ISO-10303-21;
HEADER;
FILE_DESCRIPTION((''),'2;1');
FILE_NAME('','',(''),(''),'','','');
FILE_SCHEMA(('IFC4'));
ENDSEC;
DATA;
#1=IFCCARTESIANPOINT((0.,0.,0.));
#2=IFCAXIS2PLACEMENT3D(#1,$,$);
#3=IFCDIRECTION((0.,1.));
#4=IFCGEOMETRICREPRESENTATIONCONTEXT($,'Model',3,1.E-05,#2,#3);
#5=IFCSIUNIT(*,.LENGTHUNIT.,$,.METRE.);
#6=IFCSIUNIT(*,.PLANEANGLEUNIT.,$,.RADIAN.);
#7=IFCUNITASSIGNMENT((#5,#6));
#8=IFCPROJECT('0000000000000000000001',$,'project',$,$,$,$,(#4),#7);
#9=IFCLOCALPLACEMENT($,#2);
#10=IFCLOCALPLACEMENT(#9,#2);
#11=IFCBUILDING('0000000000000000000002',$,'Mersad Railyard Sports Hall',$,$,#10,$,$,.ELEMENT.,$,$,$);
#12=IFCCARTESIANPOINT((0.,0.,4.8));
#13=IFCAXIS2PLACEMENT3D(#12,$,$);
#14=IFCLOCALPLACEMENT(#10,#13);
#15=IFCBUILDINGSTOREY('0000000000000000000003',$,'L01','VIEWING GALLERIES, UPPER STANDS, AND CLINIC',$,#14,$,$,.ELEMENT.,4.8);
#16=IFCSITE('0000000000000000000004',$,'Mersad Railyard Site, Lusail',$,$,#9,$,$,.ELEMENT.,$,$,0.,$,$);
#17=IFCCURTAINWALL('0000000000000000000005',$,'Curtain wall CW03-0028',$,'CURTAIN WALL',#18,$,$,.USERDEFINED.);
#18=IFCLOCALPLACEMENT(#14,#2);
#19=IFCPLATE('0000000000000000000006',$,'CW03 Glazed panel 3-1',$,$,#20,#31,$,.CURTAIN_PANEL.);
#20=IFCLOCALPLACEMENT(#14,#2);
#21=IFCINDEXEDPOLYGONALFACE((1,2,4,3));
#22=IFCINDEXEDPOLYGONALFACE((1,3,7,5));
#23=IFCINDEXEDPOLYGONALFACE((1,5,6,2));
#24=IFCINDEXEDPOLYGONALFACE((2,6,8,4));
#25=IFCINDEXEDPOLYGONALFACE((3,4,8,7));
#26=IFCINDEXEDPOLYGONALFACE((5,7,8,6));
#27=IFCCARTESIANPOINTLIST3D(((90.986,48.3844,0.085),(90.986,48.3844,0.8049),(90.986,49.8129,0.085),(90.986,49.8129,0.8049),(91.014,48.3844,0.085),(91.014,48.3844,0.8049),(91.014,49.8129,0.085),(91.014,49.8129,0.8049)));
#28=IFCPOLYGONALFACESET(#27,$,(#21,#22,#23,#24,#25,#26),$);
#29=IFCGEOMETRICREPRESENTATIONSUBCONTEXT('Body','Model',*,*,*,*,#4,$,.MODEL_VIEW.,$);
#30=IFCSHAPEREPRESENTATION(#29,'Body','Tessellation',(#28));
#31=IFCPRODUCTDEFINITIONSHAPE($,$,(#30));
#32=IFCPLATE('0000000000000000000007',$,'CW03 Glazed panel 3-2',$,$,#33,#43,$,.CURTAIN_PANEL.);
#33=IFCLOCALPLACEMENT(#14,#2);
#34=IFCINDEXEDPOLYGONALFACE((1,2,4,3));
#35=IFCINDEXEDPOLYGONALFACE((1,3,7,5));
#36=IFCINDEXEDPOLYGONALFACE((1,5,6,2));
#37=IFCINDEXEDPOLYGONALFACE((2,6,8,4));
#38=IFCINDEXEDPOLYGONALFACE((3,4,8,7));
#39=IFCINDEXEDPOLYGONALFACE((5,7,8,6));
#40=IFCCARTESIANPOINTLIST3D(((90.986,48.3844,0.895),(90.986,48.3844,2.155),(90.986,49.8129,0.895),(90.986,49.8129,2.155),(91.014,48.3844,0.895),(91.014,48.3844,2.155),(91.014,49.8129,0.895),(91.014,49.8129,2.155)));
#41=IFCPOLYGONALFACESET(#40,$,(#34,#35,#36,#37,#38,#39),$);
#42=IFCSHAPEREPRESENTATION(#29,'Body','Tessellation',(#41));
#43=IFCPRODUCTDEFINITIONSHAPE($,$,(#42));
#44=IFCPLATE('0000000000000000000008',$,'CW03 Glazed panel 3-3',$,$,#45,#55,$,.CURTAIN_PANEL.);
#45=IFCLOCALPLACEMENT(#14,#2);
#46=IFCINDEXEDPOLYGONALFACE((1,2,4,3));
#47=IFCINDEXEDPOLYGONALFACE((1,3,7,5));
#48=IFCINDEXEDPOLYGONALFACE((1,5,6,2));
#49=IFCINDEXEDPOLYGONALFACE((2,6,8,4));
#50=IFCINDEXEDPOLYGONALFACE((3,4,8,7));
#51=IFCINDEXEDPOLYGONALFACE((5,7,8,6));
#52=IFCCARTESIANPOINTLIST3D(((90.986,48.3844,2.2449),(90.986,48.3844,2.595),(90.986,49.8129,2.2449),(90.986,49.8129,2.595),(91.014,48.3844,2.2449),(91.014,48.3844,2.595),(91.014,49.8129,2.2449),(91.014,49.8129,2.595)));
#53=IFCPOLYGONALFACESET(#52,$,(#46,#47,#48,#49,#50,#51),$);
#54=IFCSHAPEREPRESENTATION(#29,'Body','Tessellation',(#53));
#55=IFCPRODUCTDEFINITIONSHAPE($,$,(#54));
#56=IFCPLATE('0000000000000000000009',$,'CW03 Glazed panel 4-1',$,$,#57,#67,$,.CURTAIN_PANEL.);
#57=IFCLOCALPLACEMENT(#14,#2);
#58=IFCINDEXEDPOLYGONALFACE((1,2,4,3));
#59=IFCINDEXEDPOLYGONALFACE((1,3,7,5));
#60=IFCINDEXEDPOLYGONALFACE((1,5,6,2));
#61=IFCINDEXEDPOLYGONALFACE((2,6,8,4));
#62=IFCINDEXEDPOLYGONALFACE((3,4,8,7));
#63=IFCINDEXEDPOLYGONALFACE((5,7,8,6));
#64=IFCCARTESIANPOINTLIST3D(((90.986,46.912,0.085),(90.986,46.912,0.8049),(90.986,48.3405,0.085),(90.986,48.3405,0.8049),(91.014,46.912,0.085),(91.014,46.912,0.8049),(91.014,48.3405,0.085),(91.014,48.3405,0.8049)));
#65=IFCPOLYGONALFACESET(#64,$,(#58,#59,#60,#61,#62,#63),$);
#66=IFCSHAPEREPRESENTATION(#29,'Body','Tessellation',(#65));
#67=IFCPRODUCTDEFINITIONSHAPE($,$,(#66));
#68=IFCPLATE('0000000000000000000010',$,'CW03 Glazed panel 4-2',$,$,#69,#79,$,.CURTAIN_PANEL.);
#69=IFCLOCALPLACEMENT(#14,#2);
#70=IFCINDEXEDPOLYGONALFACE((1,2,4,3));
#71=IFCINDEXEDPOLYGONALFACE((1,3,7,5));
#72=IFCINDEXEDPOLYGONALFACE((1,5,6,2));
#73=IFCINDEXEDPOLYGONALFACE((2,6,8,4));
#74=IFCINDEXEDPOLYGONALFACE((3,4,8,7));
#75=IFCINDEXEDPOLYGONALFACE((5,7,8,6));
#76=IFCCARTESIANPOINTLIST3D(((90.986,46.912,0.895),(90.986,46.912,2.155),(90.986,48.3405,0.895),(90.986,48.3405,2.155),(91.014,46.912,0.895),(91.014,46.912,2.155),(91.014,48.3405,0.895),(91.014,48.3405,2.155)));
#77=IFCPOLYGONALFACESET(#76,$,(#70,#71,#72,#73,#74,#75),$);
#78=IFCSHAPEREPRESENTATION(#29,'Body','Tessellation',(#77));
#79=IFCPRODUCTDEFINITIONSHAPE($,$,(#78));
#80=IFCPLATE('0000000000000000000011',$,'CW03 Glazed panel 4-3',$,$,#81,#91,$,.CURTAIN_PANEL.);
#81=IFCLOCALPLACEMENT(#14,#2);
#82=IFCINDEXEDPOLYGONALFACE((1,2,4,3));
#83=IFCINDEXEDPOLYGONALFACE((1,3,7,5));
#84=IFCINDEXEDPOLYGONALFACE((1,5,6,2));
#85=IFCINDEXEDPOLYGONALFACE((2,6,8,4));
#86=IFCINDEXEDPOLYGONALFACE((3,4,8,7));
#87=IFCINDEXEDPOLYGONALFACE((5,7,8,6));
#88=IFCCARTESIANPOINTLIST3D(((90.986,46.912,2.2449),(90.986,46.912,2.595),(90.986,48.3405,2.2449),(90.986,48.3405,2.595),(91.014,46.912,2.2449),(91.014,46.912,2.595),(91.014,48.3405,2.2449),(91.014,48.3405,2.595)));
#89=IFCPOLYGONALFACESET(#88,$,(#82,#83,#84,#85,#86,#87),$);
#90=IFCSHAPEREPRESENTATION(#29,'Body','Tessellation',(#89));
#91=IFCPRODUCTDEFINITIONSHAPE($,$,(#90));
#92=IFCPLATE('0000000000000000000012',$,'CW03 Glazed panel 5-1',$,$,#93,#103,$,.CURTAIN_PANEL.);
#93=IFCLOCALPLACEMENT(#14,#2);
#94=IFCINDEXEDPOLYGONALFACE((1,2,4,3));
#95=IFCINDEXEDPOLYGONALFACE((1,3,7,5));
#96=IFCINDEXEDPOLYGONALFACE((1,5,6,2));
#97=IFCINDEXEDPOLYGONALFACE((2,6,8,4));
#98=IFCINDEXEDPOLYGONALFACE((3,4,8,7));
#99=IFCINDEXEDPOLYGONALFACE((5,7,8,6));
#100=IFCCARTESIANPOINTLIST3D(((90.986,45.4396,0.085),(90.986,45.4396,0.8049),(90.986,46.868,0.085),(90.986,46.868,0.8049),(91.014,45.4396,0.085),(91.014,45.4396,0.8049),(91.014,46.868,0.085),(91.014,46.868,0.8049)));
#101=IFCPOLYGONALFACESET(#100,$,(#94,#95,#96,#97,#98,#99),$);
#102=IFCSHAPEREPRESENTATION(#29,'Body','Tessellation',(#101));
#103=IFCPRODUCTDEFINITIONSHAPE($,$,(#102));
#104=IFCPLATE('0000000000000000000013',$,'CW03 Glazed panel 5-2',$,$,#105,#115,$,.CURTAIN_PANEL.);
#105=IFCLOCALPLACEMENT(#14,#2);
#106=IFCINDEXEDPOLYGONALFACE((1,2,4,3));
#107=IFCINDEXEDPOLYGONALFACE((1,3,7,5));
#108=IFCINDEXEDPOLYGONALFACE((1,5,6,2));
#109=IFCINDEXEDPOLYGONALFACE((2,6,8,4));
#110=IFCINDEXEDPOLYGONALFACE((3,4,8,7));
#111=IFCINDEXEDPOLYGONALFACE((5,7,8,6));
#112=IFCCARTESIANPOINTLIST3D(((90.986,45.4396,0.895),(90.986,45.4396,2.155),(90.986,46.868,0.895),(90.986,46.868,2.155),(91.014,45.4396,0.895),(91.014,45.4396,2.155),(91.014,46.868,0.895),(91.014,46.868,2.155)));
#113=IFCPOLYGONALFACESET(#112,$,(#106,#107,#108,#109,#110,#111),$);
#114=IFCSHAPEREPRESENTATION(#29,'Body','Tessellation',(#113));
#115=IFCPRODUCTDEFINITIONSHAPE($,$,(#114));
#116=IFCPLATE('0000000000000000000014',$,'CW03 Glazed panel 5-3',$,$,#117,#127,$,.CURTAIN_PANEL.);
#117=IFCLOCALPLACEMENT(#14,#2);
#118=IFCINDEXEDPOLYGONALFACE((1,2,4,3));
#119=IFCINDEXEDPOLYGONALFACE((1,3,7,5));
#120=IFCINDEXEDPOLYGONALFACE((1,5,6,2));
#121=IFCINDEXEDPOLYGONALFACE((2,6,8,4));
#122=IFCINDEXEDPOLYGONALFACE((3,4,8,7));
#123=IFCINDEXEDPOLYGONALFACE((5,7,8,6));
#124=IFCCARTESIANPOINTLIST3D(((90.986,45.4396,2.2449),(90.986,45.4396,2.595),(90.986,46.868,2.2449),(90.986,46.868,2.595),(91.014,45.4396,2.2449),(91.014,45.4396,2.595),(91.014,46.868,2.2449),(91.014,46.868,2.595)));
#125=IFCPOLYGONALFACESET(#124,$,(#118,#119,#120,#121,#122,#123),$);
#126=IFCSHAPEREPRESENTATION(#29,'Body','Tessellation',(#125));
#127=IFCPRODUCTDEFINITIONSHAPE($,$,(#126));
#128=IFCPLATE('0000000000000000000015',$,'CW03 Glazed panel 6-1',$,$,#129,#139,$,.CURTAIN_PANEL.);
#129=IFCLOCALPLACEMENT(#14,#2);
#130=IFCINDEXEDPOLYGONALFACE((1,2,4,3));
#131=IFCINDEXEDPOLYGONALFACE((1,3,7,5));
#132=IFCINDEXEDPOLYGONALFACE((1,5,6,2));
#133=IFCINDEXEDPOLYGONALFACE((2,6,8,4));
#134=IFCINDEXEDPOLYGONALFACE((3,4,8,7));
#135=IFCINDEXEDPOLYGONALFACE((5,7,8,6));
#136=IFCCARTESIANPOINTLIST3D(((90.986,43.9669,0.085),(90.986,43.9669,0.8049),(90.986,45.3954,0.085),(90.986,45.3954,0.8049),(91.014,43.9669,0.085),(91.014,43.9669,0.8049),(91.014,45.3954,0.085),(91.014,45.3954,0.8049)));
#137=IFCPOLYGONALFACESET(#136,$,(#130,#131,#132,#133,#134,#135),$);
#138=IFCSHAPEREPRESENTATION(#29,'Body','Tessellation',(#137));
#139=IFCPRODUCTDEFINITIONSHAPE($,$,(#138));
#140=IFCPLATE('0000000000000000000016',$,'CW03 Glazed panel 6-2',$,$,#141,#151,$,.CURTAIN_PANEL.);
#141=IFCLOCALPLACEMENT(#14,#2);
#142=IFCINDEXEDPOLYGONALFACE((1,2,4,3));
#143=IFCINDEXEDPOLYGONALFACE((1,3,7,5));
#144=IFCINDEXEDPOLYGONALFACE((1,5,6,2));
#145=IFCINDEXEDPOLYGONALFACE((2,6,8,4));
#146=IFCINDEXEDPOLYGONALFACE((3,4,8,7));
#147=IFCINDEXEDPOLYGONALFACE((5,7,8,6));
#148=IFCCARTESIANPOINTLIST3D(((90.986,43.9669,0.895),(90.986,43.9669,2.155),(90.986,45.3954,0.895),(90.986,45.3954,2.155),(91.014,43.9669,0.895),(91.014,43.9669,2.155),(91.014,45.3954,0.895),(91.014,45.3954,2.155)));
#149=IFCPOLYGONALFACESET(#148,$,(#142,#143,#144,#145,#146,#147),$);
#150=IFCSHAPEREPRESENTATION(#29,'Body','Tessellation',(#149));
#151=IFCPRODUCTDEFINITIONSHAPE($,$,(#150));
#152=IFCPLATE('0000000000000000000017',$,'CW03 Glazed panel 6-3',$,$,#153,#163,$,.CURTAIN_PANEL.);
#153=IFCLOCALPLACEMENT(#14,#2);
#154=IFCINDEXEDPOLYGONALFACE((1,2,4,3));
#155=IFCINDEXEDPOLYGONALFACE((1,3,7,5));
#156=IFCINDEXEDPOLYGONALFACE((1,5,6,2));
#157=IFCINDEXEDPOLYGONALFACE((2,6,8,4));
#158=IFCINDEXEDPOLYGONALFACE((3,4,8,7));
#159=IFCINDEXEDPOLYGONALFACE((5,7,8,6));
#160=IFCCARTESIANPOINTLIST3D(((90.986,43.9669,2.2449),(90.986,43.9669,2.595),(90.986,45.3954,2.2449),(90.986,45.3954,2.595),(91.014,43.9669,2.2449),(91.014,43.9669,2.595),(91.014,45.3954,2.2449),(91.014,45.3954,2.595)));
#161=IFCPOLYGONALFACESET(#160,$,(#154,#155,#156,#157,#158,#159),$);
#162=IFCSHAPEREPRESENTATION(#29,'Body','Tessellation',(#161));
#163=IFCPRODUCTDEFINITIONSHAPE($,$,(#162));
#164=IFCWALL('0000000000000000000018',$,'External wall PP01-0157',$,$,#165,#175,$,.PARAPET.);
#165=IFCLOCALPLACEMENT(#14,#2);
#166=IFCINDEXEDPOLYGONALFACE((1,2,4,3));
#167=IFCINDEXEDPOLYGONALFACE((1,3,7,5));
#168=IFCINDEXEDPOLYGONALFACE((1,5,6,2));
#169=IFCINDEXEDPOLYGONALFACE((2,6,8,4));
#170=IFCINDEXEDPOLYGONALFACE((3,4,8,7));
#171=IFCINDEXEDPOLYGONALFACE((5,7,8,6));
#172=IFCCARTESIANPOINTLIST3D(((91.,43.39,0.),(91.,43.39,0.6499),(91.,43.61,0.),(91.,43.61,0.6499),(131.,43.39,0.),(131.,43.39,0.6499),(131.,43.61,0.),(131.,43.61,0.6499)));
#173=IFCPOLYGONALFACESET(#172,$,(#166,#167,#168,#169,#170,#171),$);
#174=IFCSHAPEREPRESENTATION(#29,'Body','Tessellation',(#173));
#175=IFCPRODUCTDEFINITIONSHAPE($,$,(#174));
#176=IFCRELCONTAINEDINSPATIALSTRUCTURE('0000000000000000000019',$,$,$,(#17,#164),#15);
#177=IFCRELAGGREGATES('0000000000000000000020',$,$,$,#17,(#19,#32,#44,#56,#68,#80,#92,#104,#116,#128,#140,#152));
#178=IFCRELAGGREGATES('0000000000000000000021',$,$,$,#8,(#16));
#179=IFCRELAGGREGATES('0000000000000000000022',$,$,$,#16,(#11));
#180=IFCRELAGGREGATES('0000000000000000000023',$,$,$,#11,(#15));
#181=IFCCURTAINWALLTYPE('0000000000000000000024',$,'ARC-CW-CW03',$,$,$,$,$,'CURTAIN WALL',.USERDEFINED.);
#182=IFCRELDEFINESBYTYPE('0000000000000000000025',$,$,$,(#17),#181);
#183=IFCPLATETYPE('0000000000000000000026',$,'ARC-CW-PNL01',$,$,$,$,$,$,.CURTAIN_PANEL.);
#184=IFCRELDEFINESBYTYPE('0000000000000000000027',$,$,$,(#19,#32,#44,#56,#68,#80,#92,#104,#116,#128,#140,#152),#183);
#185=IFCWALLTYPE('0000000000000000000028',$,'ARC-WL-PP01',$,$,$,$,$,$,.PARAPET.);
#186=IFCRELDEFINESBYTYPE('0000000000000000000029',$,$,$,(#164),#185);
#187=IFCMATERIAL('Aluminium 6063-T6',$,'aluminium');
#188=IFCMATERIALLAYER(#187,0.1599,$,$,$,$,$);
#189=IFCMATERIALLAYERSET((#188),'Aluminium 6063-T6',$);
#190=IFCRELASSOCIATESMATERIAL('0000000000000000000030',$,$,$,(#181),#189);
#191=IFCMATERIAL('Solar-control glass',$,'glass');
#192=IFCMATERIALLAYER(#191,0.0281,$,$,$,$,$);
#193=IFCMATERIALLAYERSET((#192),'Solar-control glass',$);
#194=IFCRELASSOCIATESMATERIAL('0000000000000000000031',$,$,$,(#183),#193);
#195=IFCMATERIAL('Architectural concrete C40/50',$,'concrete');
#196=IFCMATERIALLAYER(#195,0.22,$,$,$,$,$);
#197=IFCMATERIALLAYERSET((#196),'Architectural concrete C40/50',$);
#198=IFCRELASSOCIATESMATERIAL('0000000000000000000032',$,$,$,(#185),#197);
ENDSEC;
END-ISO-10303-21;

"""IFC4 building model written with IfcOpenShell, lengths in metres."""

from ifc_helpers import new_model, si_unit, direction, frame, frame_2d, origin, origin_2d, place, context, subcontext, project, spatial, rectangle, extrude, material, layer, layer_set, type_object, element, aggregate, save


model = new_model("IFC4")

# Units and contexts
model_context = context("Model", 3, precision=1e-05, world=origin(), true_north=direction((0.0, 1.0)))
body_context = subcontext(model_context, "Body", "Model", "MODEL_VIEW")
ifc_project = project(units=[si_unit("LENGTHUNIT", "METRE"), si_unit("PLANEANGLEUNIT", "RADIAN")], contexts=[model_context])

# Site, building, storey
site_placement = place(None, origin())
site = spatial("IfcSite", under=ifc_project, at=site_placement, Name="Mersad Railyard Site, Lusail", CompositionType="ELEMENT", RefElevation=0.0)
building_placement = place(site_placement, origin())
building = spatial("IfcBuilding", under=site, at=building_placement, Name="Mersad Railyard Sports Hall", CompositionType="ELEMENT")
storey_placement = place(building_placement, frame((0.0, 0.0, 4.8)))
storey = spatial("IfcBuildingStorey", under=building, at=storey_placement, Name="L01", Description="VIEWING GALLERIES, UPPER STANDS, AND CLINIC", CompositionType="ELEMENT", Elevation=4.8)

# Shared definitions
ifc_material_1 = material(Name="Aluminium 6063-T6", Category="aluminium")

# Curtain wall
ifc_layer_1 = layer(ifc_material_1, 0.1599)
ifc_layer_set_1 = layer_set([ifc_layer_1], Name="Aluminium 6063-T6")
curtain_wall_type_1 = type_object("IfcCurtainWallType", Name="ARC-CW-CW03", ElementType="CURTAIN WALL", PredefinedType="USERDEFINED", material=ifc_layer_set_1)
curtain_wall_1_placement = place(storey_placement, origin())
curtain_wall_1 = element("IfcCurtainWall", 1, at=curtain_wall_1_placement, inside=storey, type_object=curtain_wall_type_1, Name="Curtain wall CW03-0028", ObjectType="CURTAIN WALL", PredefinedType="USERDEFINED")

# Plates
ifc_material_2 = material(Name="Solar-control glass", Category="glass")
ifc_layer_2 = layer(ifc_material_2, 0.0281)
ifc_layer_set_2 = layer_set([ifc_layer_2], Name="Solar-control glass")
plate_type = type_object("IfcPlateType", Name="ARC-CW-PNL01", PredefinedType="CURTAIN_PANEL", material=ifc_layer_set_2)
plate_1_placement = place(storey_placement, frame((91.0, 49.0986, 0.085), z_axis=(0.0, 0.0, 1.0), x_axis=(0.0, -1.0, 0.0)))
plate_1 = element("IfcPlate", 2, at=plate_1_placement, type_object=plate_type, Name="CW03 Glazed panel 3-1", PredefinedType="CURTAIN_PANEL", context=body_context, shape_type="SweptSolid", body=[
    extrude(rectangle(XDim=1.4285, YDim=0.0281, at=origin_2d()), origin(), (0.0, 0.0, 1.0), 0.72),
])
plate_2_placement = place(storey_placement, frame((91.0, 49.0986, 0.895), z_axis=(0.0, 0.0, 1.0), x_axis=(0.0, -1.0, 0.0)))
plate_2 = element("IfcPlate", 3, at=plate_2_placement, type_object=plate_type, Name="CW03 Glazed panel 3-2", PredefinedType="CURTAIN_PANEL", context=body_context, shape_type="SweptSolid", body=[
    extrude(rectangle(XDim=1.4285, YDim=0.0281, at=origin_2d()), origin(), (0.0, 0.0, 1.0), 1.26),
])
plate_3_placement = place(storey_placement, frame((91.0, 49.0986, 2.2449), z_axis=(0.0, 0.0, 1.0), x_axis=(0.0, -1.0, 0.0)))
plate_3 = element("IfcPlate", 4, at=plate_3_placement, type_object=plate_type, Name="CW03 Glazed panel 3-3", PredefinedType="CURTAIN_PANEL", context=body_context, shape_type="SweptSolid", body=[
    extrude(rectangle(XDim=1.4285, YDim=0.0281, at=origin_2d()), origin(), (0.0, 0.0, 1.0), 0.3501),
])
plate_4_placement = place(storey_placement, frame((91.0, 47.6262, 0.085), z_axis=(0.0, 0.0, 1.0), x_axis=(0.0, -1.0, 0.0)))
plate_4 = element("IfcPlate", 5, at=plate_4_placement, type_object=plate_type, Name="CW03 Glazed panel 4-1", PredefinedType="CURTAIN_PANEL", context=body_context, shape_type="SweptSolid", body=[
    extrude(rectangle(XDim=1.4285, YDim=0.0281, at=origin_2d()), origin(), (0.0, 0.0, 1.0), 0.72),
])
plate_5_placement = place(storey_placement, frame((91.0, 47.6262, 0.895), z_axis=(0.0, 0.0, 1.0), x_axis=(0.0, -1.0, 0.0)))
plate_5 = element("IfcPlate", 6, at=plate_5_placement, type_object=plate_type, Name="CW03 Glazed panel 4-2", PredefinedType="CURTAIN_PANEL", context=body_context, shape_type="SweptSolid", body=[
    extrude(rectangle(XDim=1.4285, YDim=0.0281, at=origin_2d()), origin(), (0.0, 0.0, 1.0), 1.26),
])
plate_6_placement = place(storey_placement, frame((91.0, 47.6262, 2.2449), z_axis=(0.0, 0.0, 1.0), x_axis=(0.0, -1.0, 0.0)))
plate_6 = element("IfcPlate", 7, at=plate_6_placement, type_object=plate_type, Name="CW03 Glazed panel 4-3", PredefinedType="CURTAIN_PANEL", context=body_context, shape_type="SweptSolid", body=[
    extrude(rectangle(XDim=1.4285, YDim=0.0281, at=origin_2d()), origin(), (0.0, 0.0, 1.0), 0.3501),
])
plate_7_placement = place(storey_placement, frame((91.0, 46.1538, 0.085), z_axis=(0.0, 0.0, 1.0), x_axis=(0.0, -1.0, 0.0)))
plate_7 = element("IfcPlate", 8, at=plate_7_placement, type_object=plate_type, Name="CW03 Glazed panel 5-1", PredefinedType="CURTAIN_PANEL", context=body_context, shape_type="SweptSolid", body=[
    extrude(rectangle(XDim=1.4285, YDim=0.0281, at=origin_2d()), origin(), (0.0, 0.0, 1.0), 0.72),
])
plate_8_placement = place(storey_placement, frame((91.0, 46.1538, 0.895), z_axis=(0.0, 0.0, 1.0), x_axis=(0.0, -1.0, 0.0)))
plate_8 = element("IfcPlate", 9, at=plate_8_placement, type_object=plate_type, Name="CW03 Glazed panel 5-2", PredefinedType="CURTAIN_PANEL", context=body_context, shape_type="SweptSolid", body=[
    extrude(rectangle(XDim=1.4285, YDim=0.0281, at=origin_2d()), origin(), (0.0, 0.0, 1.0), 1.26),
])
plate_9_placement = place(storey_placement, frame((91.0, 46.1538, 2.2449), z_axis=(0.0, 0.0, 1.0), x_axis=(0.0, -1.0, 0.0)))
plate_9 = element("IfcPlate", 10, at=plate_9_placement, type_object=plate_type, Name="CW03 Glazed panel 5-3", PredefinedType="CURTAIN_PANEL", context=body_context, shape_type="SweptSolid", body=[
    extrude(rectangle(XDim=1.4285, YDim=0.0281, at=origin_2d()), origin(), (0.0, 0.0, 1.0), 0.3501),
])
plate_10_placement = place(storey_placement, frame((91.0, 44.6812, 0.085), z_axis=(0.0, 0.0, 1.0), x_axis=(0.0, -1.0, 0.0)))
plate_10 = element("IfcPlate", 11, at=plate_10_placement, type_object=plate_type, Name="CW03 Glazed panel 6-1", PredefinedType="CURTAIN_PANEL", context=body_context, shape_type="SweptSolid", body=[
    extrude(rectangle(XDim=1.4285, YDim=0.0281, at=origin_2d()), origin(), (0.0, 0.0, 1.0), 0.72),
])
plate_11_placement = place(storey_placement, frame((91.0, 44.6812, 0.895), z_axis=(0.0, 0.0, 1.0), x_axis=(0.0, -1.0, 0.0)))
plate_11 = element("IfcPlate", 12, at=plate_11_placement, type_object=plate_type, Name="CW03 Glazed panel 6-2", PredefinedType="CURTAIN_PANEL", context=body_context, shape_type="SweptSolid", body=[
    extrude(rectangle(XDim=1.4285, YDim=0.0281, at=origin_2d()), origin(), (0.0, 0.0, 1.0), 1.26),
])
plate_12_placement = place(storey_placement, frame((91.0, 44.6812, 2.2449), z_axis=(0.0, 0.0, 1.0), x_axis=(0.0, -1.0, 0.0)))
plate_12 = element("IfcPlate", 13, at=plate_12_placement, type_object=plate_type, Name="CW03 Glazed panel 6-3", PredefinedType="CURTAIN_PANEL", context=body_context, shape_type="SweptSolid", body=[
    extrude(rectangle(XDim=1.4285, YDim=0.0281, at=origin_2d()), origin(), (0.0, 0.0, 1.0), 0.3501),
])
aggregate(curtain_wall_1, [plate_1, plate_2, plate_3, plate_4, plate_5, plate_6, plate_7, plate_8, plate_9, plate_10, plate_11, plate_12])

# Wall
ifc_material_3 = material(Name="Architectural concrete C40/50", Category="concrete")
ifc_layer_3 = layer(ifc_material_3, 0.22)
ifc_layer_set_3 = layer_set([ifc_layer_3], Name="Architectural concrete C40/50")
wall_type = type_object("IfcWallType", Name="ARC-WL-PP01", PredefinedType="PARAPET", material=ifc_layer_set_3)
wall_placement = place(storey_placement, frame((91.0, 43.5, 0.0), z_axis=(0.0, 0.0, 1.0), x_axis=(1.0, 0.0, 0.0)))
element("IfcWall", 14, at=wall_placement, inside=storey, type_object=wall_type, Name="External wall PP01-0157", PredefinedType="PARAPET", context=body_context, shape_type="SweptSolid", body=[
    extrude(rectangle(XDim=40.0, YDim=0.22, at=frame_2d((20.0, 0.0))), origin(), (0.0, 0.0, 1.0), 0.6499),
])

save(model, "model.ifc")
